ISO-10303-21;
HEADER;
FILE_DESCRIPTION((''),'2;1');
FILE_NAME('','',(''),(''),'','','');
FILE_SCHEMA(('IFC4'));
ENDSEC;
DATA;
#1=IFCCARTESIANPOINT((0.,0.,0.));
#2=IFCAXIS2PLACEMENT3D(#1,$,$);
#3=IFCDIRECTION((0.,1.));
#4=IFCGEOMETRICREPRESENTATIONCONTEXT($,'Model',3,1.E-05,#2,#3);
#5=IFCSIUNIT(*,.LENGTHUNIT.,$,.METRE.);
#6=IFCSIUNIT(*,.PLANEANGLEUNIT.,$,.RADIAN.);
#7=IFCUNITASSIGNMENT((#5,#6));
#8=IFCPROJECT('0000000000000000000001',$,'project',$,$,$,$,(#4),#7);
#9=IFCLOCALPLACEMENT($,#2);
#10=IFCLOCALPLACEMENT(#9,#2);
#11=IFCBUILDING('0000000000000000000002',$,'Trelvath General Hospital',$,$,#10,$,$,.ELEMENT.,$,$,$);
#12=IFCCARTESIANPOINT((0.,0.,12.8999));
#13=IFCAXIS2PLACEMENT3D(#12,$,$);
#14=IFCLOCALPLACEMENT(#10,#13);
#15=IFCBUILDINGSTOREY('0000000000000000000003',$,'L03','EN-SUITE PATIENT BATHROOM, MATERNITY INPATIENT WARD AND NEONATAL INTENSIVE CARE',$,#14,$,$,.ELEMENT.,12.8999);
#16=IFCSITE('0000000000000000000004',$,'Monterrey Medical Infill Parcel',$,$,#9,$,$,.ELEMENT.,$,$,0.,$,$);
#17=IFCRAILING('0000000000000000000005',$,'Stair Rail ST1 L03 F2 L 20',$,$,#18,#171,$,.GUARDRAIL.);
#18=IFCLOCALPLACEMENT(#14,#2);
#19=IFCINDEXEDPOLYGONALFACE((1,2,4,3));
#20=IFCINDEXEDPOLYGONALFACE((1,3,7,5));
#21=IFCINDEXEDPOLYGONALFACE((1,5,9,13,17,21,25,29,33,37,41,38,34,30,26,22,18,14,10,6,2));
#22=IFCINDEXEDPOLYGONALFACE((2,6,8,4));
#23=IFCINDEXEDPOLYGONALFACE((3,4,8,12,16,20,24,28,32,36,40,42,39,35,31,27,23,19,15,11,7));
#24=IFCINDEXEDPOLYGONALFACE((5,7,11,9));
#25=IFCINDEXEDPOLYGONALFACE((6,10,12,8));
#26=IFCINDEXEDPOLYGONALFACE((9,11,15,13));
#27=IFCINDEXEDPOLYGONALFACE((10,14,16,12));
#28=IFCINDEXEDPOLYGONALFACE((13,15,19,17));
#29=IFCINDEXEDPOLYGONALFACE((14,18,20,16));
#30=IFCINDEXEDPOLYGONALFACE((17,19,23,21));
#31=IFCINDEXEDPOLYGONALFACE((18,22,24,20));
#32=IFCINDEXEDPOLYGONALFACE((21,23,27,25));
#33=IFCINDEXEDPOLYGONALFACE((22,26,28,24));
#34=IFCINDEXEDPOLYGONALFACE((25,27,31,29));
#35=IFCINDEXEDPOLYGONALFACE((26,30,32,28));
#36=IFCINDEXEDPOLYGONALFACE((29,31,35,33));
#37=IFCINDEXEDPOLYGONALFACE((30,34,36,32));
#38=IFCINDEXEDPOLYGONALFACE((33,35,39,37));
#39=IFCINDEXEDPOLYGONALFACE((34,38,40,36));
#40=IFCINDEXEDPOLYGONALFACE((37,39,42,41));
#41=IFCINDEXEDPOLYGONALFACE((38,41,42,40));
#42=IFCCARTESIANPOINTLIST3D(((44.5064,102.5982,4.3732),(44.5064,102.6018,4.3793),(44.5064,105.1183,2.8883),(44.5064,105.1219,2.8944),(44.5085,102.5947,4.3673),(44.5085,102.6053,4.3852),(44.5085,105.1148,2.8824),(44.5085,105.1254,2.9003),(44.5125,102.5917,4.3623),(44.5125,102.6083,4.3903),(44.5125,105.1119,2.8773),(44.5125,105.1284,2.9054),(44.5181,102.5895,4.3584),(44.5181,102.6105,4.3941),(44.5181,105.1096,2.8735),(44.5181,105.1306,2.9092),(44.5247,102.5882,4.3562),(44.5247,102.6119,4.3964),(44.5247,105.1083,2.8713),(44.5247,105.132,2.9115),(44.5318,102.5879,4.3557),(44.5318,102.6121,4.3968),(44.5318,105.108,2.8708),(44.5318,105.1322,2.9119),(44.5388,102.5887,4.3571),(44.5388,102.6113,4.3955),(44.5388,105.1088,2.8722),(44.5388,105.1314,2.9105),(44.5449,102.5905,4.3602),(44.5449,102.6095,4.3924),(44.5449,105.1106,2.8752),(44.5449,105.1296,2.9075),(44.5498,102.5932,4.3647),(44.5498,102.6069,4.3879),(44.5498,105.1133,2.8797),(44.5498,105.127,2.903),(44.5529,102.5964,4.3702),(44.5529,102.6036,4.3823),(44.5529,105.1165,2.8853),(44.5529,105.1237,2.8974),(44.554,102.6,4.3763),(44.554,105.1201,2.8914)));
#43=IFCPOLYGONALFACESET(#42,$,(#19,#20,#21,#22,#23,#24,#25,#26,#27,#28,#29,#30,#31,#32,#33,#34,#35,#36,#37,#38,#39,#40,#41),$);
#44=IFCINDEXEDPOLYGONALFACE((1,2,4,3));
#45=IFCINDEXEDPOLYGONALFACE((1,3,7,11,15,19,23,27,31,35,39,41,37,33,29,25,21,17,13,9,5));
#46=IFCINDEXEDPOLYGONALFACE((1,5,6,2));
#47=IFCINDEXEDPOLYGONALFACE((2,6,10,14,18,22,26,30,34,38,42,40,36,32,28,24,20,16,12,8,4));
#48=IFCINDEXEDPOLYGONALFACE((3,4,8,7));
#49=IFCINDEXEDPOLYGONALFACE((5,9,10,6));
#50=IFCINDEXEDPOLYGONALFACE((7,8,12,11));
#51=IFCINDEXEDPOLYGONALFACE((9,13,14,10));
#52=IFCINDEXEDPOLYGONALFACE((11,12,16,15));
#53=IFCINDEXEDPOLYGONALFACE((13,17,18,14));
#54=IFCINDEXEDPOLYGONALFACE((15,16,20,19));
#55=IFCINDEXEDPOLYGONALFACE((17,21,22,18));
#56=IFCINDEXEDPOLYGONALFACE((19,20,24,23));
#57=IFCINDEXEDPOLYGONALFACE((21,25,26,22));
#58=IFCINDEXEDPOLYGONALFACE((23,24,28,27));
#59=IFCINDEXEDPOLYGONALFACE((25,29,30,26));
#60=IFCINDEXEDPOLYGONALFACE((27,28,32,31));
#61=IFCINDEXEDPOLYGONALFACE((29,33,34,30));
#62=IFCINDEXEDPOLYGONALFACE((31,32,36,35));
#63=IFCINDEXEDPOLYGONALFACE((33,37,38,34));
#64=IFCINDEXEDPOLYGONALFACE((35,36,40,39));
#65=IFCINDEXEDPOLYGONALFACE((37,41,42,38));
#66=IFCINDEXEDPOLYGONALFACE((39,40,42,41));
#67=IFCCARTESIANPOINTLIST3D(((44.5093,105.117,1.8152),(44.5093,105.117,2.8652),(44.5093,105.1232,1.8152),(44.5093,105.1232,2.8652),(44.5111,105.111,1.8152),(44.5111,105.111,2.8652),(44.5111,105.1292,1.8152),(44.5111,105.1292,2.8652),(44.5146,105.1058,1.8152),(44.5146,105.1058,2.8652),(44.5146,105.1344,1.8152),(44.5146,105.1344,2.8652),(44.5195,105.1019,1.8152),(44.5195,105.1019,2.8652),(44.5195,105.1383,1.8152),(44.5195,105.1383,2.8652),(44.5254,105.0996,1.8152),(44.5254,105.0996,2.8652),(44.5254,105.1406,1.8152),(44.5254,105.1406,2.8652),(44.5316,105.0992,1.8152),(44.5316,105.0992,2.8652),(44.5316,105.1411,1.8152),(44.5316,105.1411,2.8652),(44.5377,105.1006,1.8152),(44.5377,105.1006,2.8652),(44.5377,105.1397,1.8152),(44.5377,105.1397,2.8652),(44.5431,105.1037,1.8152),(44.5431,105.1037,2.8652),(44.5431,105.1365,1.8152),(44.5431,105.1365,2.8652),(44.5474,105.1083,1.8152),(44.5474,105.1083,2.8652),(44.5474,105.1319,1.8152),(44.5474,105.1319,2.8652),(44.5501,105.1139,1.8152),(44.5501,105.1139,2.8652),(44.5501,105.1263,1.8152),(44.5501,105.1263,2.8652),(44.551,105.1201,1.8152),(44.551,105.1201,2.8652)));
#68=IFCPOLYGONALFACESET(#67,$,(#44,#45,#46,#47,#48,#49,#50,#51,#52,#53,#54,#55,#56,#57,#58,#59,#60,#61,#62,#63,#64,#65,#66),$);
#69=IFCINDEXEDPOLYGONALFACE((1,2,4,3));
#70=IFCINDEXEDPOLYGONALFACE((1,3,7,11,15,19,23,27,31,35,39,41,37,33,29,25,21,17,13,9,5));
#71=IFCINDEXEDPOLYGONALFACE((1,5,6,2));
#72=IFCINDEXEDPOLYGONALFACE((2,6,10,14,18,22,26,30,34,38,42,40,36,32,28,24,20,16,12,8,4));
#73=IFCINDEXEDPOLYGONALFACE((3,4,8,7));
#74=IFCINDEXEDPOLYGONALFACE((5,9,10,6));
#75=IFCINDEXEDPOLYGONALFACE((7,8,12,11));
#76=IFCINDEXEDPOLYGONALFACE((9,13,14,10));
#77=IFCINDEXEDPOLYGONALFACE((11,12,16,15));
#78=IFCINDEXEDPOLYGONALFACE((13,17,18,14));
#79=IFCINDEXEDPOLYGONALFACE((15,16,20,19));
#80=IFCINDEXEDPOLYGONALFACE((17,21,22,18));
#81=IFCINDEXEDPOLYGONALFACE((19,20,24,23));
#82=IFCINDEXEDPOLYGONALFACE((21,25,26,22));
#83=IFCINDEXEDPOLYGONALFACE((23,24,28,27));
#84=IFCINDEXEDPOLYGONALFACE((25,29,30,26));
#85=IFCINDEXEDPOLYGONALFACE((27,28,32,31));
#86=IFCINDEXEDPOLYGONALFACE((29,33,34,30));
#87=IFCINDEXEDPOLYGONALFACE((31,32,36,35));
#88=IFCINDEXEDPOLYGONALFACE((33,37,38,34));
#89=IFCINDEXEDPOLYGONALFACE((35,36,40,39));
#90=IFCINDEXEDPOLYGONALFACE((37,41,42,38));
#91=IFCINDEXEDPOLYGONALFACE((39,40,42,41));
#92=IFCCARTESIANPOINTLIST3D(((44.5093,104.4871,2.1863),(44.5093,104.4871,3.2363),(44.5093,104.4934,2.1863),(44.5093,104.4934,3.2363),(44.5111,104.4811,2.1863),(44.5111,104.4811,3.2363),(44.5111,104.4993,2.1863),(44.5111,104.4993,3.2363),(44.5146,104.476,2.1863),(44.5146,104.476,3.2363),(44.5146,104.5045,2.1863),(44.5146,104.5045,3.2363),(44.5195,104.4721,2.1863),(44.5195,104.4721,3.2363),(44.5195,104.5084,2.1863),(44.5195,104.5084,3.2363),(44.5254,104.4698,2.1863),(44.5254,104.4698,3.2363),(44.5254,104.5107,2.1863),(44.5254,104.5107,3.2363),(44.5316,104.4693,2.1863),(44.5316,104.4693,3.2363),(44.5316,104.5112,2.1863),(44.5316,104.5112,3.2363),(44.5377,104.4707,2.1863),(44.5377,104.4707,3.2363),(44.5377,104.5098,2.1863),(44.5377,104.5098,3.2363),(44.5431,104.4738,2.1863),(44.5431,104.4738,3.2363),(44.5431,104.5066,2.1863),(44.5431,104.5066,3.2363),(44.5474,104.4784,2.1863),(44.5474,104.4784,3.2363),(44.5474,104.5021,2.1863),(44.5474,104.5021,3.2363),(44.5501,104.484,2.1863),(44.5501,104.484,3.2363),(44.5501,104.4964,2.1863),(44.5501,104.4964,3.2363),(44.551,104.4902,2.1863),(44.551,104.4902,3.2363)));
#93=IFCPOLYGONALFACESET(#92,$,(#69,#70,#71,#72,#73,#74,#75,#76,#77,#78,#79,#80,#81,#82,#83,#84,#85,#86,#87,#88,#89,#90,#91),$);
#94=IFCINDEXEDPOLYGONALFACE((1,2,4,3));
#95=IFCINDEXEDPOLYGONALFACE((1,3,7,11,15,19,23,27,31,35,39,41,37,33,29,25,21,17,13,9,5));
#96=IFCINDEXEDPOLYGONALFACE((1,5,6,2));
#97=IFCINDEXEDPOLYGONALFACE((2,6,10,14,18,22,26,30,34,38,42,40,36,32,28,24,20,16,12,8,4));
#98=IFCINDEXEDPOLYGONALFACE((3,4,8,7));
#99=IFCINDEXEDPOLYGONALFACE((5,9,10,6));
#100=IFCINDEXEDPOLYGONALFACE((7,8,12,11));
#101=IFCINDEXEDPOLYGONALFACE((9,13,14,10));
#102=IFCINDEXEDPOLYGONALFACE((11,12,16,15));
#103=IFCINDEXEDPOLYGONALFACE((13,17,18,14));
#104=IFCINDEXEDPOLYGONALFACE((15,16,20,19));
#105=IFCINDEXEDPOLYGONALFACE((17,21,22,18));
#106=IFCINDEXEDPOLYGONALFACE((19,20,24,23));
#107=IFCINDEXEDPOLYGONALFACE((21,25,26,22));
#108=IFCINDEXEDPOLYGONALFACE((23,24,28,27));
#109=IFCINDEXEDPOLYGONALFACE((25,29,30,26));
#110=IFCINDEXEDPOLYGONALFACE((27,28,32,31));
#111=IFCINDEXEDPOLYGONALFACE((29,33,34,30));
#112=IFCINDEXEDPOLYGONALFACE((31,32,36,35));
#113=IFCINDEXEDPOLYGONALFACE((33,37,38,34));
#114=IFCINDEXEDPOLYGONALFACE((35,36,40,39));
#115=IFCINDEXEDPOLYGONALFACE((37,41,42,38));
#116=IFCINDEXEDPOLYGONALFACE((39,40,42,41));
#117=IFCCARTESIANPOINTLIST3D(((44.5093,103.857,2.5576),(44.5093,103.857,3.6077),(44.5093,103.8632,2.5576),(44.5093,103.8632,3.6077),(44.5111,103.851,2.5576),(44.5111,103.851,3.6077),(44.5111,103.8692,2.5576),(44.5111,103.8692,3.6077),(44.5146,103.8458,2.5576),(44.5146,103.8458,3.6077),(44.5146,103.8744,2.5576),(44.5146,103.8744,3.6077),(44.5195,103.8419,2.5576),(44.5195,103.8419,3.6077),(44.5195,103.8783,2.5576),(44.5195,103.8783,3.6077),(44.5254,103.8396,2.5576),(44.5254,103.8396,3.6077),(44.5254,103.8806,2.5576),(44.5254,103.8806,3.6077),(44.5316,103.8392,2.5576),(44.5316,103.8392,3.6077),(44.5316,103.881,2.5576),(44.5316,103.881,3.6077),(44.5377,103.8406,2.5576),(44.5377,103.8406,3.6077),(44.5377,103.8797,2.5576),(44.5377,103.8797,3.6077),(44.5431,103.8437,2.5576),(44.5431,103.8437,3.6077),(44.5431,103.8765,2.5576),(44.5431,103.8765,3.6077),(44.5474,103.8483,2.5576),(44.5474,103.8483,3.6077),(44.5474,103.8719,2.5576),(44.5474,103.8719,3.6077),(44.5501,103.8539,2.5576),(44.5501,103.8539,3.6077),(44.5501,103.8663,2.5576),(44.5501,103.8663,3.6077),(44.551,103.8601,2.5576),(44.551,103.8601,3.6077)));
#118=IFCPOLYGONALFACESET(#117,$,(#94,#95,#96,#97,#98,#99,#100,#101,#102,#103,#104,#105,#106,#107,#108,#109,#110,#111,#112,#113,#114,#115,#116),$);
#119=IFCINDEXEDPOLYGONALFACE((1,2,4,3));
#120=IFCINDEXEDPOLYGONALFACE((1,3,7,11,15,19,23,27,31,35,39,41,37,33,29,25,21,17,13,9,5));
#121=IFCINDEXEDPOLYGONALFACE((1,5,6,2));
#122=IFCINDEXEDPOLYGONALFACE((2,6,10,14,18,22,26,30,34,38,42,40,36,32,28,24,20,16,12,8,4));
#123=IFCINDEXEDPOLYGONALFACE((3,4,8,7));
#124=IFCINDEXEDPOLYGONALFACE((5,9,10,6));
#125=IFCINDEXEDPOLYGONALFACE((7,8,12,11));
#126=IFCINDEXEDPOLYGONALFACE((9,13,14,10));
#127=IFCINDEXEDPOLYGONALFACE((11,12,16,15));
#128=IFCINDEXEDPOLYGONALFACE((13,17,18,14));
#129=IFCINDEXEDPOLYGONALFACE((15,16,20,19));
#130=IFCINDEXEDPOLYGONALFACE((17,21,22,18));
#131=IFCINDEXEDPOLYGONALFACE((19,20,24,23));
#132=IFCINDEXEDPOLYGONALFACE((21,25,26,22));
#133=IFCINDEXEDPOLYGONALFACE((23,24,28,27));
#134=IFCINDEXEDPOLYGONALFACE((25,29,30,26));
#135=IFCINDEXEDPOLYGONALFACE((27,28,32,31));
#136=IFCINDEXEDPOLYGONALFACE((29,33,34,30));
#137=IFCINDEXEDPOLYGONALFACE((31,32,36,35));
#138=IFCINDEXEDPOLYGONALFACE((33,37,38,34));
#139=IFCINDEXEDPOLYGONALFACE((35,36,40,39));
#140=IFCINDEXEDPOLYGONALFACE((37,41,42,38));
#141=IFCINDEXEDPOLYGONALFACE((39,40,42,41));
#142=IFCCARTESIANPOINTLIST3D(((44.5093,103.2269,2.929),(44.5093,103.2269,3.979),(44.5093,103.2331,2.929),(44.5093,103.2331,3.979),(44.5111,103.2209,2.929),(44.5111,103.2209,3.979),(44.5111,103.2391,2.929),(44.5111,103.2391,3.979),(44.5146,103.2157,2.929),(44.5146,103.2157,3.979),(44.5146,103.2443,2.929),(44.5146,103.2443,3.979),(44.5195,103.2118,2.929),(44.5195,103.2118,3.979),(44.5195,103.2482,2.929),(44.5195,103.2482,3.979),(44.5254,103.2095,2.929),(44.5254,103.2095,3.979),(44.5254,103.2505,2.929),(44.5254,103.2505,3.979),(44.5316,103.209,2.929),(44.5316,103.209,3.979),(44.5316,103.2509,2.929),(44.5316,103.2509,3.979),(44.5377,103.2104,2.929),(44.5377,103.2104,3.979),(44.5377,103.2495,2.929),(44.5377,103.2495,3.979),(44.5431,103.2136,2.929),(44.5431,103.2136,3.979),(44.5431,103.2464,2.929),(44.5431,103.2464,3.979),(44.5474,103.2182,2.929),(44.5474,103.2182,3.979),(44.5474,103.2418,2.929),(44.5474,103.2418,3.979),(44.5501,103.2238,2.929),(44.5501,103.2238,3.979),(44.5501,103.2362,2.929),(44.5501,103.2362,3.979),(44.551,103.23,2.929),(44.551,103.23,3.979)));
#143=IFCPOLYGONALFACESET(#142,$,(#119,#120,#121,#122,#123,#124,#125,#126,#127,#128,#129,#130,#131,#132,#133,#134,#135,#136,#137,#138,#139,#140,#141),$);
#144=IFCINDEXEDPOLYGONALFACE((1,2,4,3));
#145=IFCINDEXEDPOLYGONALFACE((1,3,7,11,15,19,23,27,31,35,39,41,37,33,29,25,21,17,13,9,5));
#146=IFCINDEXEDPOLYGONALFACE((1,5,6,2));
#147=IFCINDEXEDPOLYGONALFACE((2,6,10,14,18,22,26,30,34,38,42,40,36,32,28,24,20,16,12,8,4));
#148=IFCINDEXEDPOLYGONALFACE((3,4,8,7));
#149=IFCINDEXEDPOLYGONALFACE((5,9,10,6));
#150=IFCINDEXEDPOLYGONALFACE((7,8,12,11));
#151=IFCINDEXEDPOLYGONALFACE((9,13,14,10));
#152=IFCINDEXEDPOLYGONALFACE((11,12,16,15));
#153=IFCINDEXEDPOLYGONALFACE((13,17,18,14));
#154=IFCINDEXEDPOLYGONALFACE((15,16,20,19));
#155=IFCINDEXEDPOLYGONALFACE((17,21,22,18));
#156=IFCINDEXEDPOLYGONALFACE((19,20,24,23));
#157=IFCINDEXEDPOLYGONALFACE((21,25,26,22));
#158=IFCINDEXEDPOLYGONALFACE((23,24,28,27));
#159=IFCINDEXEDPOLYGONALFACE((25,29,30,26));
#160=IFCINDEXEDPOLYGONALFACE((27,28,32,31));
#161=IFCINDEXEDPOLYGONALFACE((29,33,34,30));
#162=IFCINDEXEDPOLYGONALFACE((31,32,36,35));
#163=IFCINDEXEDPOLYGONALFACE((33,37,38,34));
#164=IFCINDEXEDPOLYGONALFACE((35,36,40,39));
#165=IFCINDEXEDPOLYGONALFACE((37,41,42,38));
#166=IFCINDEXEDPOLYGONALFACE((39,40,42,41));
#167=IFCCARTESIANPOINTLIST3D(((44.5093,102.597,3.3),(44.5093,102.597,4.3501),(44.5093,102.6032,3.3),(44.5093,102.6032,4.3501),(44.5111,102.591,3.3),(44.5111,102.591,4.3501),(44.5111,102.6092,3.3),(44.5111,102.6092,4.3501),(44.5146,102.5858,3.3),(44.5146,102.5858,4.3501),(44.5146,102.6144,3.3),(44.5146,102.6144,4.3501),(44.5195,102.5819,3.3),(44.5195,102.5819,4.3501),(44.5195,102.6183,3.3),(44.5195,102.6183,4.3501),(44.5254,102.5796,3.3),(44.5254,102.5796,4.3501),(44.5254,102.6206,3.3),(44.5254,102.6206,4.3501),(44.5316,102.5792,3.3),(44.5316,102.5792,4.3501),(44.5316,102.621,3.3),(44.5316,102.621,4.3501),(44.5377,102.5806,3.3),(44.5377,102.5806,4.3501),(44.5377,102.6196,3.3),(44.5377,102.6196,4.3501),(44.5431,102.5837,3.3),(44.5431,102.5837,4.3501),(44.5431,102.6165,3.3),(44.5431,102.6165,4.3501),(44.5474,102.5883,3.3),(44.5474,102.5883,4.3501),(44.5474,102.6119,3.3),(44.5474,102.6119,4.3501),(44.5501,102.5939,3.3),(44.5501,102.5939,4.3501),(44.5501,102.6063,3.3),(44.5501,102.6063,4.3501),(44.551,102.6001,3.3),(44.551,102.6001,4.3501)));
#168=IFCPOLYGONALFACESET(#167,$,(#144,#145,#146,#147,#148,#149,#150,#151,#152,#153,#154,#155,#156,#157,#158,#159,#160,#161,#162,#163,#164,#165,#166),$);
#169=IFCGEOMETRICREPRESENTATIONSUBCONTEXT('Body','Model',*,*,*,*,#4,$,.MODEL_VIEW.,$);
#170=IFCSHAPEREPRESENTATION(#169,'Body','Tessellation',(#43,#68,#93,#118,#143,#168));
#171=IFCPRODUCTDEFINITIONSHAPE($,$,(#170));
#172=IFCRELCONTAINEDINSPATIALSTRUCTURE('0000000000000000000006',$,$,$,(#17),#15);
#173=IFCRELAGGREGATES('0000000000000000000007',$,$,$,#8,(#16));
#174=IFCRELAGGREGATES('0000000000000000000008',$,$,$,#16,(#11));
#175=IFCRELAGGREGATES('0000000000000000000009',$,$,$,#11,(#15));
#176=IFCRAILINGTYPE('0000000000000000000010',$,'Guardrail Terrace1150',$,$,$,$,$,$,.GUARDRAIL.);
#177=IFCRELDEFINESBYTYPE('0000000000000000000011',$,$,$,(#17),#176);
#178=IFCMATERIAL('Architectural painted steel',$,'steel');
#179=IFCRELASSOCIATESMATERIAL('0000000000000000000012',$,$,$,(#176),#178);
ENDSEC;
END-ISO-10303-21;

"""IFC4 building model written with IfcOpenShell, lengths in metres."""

from ifc_helpers import new_model, si_unit, direction, frame, origin, origin_2d, place, context, subcontext, project, spatial, circle, extrude, material, type_object, element, save


model = new_model("IFC4")

# Units and contexts
model_context = context("Model", 3, precision=1e-05, world=origin(), true_north=direction((0.0, 1.0)))
body_context = subcontext(model_context, "Body", "Model", "MODEL_VIEW")
ifc_project = project(units=[si_unit("LENGTHUNIT", "METRE"), si_unit("PLANEANGLEUNIT", "RADIAN")], contexts=[model_context])

# Site, building, storey
site_placement = place(None, origin())
site = spatial("IfcSite", under=ifc_project, at=site_placement, Name="Monterrey Medical Infill Parcel", CompositionType="ELEMENT", RefElevation=0.0)
building_placement = place(site_placement, origin())
building = spatial("IfcBuilding", under=site, at=building_placement, Name="Trelvath General Hospital", CompositionType="ELEMENT")
storey_placement = place(building_placement, frame((0.0, 0.0, 12.8999)))
storey = spatial("IfcBuildingStorey", under=building, at=storey_placement, Name="L03", Description="EN-SUITE PATIENT BATHROOM, MATERNITY INPATIENT WARD AND NEONATAL INTENSIVE CARE", CompositionType="ELEMENT", Elevation=12.8999)

# Railing
ifc_material_1 = material(Name="Architectural painted steel", Category="steel")
railing_type_1 = type_object("IfcRailingType", Name="Guardrail Terrace1150", PredefinedType="GUARDRAIL", material=ifc_material_1)
railing_1_placement = place(storey_placement, frame((44.53, 105.1201, 1.8152)))
element("IfcRailing", 1, at=railing_1_placement, inside=storey, type_object=railing_type_1, Name="Stair Rail ST1 L03 F2 L 20", PredefinedType="GUARDRAIL", context=body_context, shape_type="SweptSolid", body=[
    extrude(circle(Radius=0.0239, at=origin_2d()), frame((0.0, 0.0, 1.0762), z_axis=(0.0, -0.861561, 0.507655), x_axis=(1.0, 0.0, 0.0)), (0.0, 0.0, 1.0), 2.925),
    extrude(circle(Radius=0.021, at=origin_2d()), origin(), (0.0, 0.0, 1.0), 1.05),
    extrude(circle(Radius=0.021, at=origin_2d()), frame((0.0, -0.6299, 0.3711)), (0.0, 0.0, 1.0), 1.05),
    extrude(circle(Radius=0.021, at=origin_2d()), frame((0.0, -1.26, 0.7424)), (0.0, 0.0, 1.0), 1.05),
    extrude(circle(Radius=0.021, at=origin_2d()), frame((0.0, -1.8901, 1.1138)), (0.0, 0.0, 1.0), 1.05),
    extrude(circle(Radius=0.021, at=origin_2d()), frame((0.0, -2.52, 1.4849)), (0.0, 0.0, 1.0), 1.05),
])

save(model, "model.ifc")
